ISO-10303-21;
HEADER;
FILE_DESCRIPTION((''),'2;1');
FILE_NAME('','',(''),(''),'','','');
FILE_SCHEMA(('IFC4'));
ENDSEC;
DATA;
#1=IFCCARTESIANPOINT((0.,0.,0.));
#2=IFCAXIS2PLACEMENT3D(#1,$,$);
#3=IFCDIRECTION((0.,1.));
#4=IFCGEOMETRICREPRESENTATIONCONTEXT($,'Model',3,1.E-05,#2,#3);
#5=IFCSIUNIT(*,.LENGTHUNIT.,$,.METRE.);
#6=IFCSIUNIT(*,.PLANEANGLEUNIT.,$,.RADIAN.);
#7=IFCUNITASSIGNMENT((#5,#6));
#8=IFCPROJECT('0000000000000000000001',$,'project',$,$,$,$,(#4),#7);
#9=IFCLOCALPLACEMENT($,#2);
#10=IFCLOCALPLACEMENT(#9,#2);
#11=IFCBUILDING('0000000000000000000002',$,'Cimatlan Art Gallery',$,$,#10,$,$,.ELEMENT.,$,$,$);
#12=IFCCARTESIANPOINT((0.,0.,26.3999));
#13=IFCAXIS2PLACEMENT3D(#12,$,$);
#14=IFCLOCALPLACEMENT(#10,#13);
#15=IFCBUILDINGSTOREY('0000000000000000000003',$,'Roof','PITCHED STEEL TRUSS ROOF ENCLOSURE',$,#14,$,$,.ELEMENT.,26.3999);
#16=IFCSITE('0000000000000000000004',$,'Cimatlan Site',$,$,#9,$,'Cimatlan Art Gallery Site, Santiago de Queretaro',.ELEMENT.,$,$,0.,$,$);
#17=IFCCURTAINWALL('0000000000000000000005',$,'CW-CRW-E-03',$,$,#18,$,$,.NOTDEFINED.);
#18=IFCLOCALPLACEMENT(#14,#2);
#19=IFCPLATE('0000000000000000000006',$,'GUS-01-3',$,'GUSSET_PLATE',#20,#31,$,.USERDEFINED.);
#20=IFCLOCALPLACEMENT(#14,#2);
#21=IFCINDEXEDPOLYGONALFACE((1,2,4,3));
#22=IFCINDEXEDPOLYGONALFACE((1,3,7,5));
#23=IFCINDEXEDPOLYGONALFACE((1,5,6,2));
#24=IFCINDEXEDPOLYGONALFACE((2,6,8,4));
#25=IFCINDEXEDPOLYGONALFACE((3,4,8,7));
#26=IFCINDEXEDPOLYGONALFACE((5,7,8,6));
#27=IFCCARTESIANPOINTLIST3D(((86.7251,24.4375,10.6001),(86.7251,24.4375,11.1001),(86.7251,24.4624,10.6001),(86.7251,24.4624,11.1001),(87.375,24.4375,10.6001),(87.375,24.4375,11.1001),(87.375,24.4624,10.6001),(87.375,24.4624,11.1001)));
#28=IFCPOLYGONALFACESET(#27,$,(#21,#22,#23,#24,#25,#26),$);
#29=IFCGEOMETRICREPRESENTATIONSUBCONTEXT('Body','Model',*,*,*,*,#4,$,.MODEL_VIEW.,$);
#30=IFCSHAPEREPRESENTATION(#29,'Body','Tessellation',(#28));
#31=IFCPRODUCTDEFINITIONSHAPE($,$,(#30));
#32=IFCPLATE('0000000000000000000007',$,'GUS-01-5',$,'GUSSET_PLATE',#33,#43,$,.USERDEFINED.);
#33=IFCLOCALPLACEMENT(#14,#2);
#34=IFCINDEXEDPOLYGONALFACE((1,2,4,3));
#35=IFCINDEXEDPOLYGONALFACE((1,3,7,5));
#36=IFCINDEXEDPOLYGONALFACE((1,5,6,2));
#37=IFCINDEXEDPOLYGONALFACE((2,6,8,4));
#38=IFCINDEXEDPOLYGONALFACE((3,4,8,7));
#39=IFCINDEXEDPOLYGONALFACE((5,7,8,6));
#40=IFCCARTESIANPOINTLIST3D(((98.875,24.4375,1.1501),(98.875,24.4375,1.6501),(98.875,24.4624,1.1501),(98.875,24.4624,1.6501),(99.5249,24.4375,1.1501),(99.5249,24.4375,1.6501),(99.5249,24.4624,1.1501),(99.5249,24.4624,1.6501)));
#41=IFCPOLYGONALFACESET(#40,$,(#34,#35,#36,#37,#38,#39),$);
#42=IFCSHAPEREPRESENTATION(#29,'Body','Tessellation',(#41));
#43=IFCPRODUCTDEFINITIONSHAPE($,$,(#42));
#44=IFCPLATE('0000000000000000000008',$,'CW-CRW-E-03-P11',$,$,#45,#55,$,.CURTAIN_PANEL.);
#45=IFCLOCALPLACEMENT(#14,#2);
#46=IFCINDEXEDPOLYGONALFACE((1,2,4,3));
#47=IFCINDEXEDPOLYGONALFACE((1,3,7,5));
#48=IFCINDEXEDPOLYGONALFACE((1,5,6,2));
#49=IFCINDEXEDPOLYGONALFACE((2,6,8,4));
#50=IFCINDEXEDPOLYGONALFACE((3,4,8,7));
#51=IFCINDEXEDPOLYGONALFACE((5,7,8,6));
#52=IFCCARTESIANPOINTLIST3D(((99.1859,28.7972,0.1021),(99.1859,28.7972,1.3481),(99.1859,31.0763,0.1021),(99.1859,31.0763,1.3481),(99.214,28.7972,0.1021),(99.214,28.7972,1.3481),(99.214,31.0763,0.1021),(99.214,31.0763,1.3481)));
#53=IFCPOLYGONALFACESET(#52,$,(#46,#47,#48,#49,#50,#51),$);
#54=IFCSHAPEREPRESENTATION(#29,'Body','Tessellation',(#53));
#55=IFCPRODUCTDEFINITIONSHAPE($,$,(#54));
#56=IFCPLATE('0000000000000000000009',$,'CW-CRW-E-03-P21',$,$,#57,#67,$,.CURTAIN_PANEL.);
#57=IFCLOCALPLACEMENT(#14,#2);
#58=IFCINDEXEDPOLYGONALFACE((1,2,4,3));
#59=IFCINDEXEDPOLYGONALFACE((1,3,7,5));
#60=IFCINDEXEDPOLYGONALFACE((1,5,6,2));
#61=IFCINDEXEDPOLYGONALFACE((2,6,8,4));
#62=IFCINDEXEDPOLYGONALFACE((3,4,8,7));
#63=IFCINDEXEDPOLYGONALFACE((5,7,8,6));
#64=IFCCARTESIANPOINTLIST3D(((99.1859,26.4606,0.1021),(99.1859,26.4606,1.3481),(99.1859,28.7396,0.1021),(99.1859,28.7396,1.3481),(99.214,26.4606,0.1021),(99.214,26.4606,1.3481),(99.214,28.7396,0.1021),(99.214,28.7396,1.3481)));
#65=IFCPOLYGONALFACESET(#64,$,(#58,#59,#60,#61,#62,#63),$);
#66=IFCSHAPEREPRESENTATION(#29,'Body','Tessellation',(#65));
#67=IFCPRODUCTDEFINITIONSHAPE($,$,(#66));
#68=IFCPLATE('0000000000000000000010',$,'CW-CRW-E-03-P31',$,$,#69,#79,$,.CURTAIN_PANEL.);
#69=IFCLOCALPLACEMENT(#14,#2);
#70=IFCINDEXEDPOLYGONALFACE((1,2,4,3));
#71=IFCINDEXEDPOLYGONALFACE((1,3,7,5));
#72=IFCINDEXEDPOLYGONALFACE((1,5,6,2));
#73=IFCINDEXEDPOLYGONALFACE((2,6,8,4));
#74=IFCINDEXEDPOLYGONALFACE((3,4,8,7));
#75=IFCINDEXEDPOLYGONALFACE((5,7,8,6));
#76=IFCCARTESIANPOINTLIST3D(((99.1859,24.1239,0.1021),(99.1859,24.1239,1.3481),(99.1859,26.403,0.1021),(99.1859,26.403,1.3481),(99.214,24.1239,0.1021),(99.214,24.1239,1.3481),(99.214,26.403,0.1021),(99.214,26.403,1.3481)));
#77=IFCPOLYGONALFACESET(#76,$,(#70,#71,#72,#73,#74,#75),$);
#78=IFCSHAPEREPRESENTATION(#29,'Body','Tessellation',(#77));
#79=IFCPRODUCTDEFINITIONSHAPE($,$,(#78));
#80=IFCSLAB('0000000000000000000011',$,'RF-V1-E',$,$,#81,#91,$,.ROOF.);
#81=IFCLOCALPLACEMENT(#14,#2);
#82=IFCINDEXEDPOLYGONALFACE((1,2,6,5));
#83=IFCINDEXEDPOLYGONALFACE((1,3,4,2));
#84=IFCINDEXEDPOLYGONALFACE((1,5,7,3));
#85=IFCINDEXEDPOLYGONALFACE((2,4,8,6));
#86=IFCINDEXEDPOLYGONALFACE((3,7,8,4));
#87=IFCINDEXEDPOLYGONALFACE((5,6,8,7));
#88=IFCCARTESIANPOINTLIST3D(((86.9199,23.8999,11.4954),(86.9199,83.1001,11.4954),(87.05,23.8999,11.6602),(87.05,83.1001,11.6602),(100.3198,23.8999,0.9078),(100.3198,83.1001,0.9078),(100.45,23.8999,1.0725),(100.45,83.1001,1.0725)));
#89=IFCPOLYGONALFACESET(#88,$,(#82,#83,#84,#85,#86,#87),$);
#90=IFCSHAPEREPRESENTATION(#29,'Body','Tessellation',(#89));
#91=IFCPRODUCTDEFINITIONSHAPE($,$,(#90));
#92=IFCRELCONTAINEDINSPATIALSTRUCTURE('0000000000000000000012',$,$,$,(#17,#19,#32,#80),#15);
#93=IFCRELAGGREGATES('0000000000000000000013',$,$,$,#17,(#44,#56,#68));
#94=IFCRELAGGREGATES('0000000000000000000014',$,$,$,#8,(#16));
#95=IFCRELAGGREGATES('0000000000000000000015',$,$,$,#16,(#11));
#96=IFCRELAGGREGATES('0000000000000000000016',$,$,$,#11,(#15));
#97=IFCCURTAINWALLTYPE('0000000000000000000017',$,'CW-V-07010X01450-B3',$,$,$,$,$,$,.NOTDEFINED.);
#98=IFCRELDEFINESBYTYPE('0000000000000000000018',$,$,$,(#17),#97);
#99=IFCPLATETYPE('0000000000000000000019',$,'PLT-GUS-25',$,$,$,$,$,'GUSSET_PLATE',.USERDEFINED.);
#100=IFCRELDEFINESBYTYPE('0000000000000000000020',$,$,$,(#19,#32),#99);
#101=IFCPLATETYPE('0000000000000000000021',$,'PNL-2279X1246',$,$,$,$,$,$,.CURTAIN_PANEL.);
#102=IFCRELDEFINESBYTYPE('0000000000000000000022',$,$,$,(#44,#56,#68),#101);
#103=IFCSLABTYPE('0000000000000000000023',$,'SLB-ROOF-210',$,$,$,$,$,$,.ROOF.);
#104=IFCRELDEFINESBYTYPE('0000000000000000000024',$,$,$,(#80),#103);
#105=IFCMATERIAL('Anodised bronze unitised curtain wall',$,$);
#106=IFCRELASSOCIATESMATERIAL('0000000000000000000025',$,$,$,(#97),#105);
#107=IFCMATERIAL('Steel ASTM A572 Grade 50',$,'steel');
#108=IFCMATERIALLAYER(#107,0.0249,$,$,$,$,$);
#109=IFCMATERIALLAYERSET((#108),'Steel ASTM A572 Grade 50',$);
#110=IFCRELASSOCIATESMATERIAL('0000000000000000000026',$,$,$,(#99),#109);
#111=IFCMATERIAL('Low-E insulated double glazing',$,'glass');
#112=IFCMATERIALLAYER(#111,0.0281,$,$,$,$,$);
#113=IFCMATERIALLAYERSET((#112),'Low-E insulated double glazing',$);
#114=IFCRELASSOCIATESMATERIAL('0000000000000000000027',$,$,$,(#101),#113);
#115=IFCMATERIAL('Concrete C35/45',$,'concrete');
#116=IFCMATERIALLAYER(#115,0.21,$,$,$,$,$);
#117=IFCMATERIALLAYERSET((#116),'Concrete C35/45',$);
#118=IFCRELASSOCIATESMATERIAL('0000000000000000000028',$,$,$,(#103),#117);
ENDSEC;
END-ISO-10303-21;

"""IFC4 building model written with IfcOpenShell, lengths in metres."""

from ifc_helpers import new_model, si_unit, direction, frame, origin, origin_2d, place, context, subcontext, project, spatial, polyline, rectangle, outline, extrude, material, layer, layer_set, type_object, element, aggregate, save


model = new_model("IFC4")

# Units and contexts
model_context = context("Model", 3, precision=1e-05, world=origin(), true_north=direction((0.0, 1.0)))
body_context = subcontext(model_context, "Body", "Model", "MODEL_VIEW")
ifc_project = project(units=[si_unit("LENGTHUNIT", "METRE"), si_unit("PLANEANGLEUNIT", "RADIAN")], contexts=[model_context])

# Site, building, storey
site_placement = place(None, origin())
site = spatial("IfcSite", under=ifc_project, at=site_placement, Name="Cimatlan Site", LongName="Cimatlan Art Gallery Site, Santiago de Queretaro", CompositionType="ELEMENT", RefElevation=0.0)
building_placement = place(site_placement, origin())
building = spatial("IfcBuilding", under=site, at=building_placement, Name="Cimatlan Art Gallery", CompositionType="ELEMENT")
storey_placement = place(building_placement, frame((0.0, 0.0, 26.3999)))
storey = spatial("IfcBuildingStorey", under=building, at=storey_placement, Name="Roof", Description="PITCHED STEEL TRUSS ROOF ENCLOSURE", CompositionType="ELEMENT", Elevation=26.3999)

# Curtain wall
ifc_material_1 = material(Name="Anodised bronze unitised curtain wall")
curtain_wall_type = type_object("IfcCurtainWallType", Name="CW-V-07010X01450-B3", PredefinedType="NOTDEFINED", material=ifc_material_1)
curtain_wall_placement = place(storey_placement, origin())
curtain_wall = element("IfcCurtainWall", 1, at=curtain_wall_placement, inside=storey, type_object=curtain_wall_type, Name="CW-CRW-E-03", PredefinedType="NOTDEFINED")

# Plates
ifc_material_2 = material(Name="Steel ASTM A572 Grade 50", Category="steel")
ifc_layer_1 = layer(ifc_material_2, 0.0249)
ifc_layer_set_1 = layer_set([ifc_layer_1], Name="Steel ASTM A572 Grade 50")
plate_type_1 = type_object("IfcPlateType", Name="PLT-GUS-25", ElementType="GUSSET_PLATE", PredefinedType="USERDEFINED", material=ifc_layer_set_1)
for number, where, z_axis, x_axis, name in (
    (2, (87.05, 24.45, 10.6001), (0.0, 0.0, 1.0), (1.0, 0.0, 0.0), "GUS-01-3"),
    (3, (99.2, 24.45, 1.1501), (0.0, 0.0, 1.0), (1.0, 0.0, 0.0), "GUS-01-5"),
):
    element("IfcPlate", number, at=place(storey_placement, frame(where, z_axis=z_axis, x_axis=x_axis)), inside=storey, type_object=plate_type_1, Name=name, ObjectType="GUSSET_PLATE", PredefinedType="USERDEFINED", context=body_context, shape_type="SweptSolid", body=[
        extrude(rectangle(XDim=0.6499, YDim=0.0249, at=origin_2d()), origin(), (0.0, 0.0, 1.0), 0.5),
    ])

# Plates
ifc_material_3 = material(Name="Low-E insulated double glazing", Category="glass")
ifc_layer_2 = layer(ifc_material_3, 0.0281)
ifc_layer_set_2 = layer_set([ifc_layer_2], Name="Low-E insulated double glazing")
plate_type_2 = type_object("IfcPlateType", Name="PNL-2279X1246", PredefinedType="CURTAIN_PANEL", material=ifc_layer_set_2)
plate_1_placement = place(storey_placement, frame((99.2, 29.9368, 0.1021), z_axis=(0.0, 0.0, 1.0), x_axis=(0.0, -1.0, 0.0)))
plate_1 = element("IfcPlate", 4, at=plate_1_placement, type_object=plate_type_2, Name="CW-CRW-E-03-P11", PredefinedType="CURTAIN_PANEL", context=body_context, shape_type="SweptSolid", body=[
    extrude(rectangle(XDim=2.2791, YDim=0.0281, at=origin_2d()), origin(), (0.0, 0.0, 1.0), 1.2461),
])
plate_2_placement = place(storey_placement, frame((99.2, 27.6001, 0.1021), z_axis=(0.0, 0.0, 1.0), x_axis=(0.0, -1.0, 0.0)))
plate_2 = element("IfcPlate", 5, at=plate_2_placement, type_object=plate_type_2, Name="CW-CRW-E-03-P21", PredefinedType="CURTAIN_PANEL", context=body_context, shape_type="SweptSolid", body=[
    extrude(rectangle(XDim=2.2791, YDim=0.0281, at=origin_2d()), origin(), (0.0, 0.0, 1.0), 1.2461),
])
plate_3_placement = place(storey_placement, frame((99.2, 25.2634, 0.1021), z_axis=(0.0, 0.0, 1.0), x_axis=(0.0, -1.0, 0.0)))
plate_3 = element("IfcPlate", 6, at=plate_3_placement, type_object=plate_type_2, Name="CW-CRW-E-03-P31", PredefinedType="CURTAIN_PANEL", context=body_context, shape_type="SweptSolid", body=[
    extrude(rectangle(XDim=2.2791, YDim=0.0281, at=origin_2d()), origin(), (0.0, 0.0, 1.0), 1.2461),
])
aggregate(curtain_wall, [plate_1, plate_2, plate_3])

# Slab
ifc_material_4 = material(Name="Concrete C35/45", Category="concrete")
ifc_layer_3 = layer(ifc_material_4, 0.21)
ifc_layer_set_3 = layer_set([ifc_layer_3], Name="Concrete C35/45")
slab_type = type_object("IfcSlabType", Name="SLB-ROOF-210", PredefinedType="ROOF", material=ifc_layer_set_3)
slab_placement = place(storey_placement, frame((87.05, 23.8999, 11.6602), z_axis=(0.619961, 0.0, 0.784633), x_axis=(0.784633, 0.0, -0.619961)))
element("IfcSlab", 7, at=slab_placement, inside=storey, type_object=slab_type, Name="RF-V1-E", PredefinedType="ROOF", context=body_context, shape_type="SweptSolid", body=[
    extrude(outline(polyline([(0.0, 0.0), (17.0779, 0.0), (17.0779, 59.2002), (0.0, 59.2002), (0.0, 0.0)])), origin(), (0.0, 0.0, -1.0), 0.21),
])

save(model, "model.ifc")
